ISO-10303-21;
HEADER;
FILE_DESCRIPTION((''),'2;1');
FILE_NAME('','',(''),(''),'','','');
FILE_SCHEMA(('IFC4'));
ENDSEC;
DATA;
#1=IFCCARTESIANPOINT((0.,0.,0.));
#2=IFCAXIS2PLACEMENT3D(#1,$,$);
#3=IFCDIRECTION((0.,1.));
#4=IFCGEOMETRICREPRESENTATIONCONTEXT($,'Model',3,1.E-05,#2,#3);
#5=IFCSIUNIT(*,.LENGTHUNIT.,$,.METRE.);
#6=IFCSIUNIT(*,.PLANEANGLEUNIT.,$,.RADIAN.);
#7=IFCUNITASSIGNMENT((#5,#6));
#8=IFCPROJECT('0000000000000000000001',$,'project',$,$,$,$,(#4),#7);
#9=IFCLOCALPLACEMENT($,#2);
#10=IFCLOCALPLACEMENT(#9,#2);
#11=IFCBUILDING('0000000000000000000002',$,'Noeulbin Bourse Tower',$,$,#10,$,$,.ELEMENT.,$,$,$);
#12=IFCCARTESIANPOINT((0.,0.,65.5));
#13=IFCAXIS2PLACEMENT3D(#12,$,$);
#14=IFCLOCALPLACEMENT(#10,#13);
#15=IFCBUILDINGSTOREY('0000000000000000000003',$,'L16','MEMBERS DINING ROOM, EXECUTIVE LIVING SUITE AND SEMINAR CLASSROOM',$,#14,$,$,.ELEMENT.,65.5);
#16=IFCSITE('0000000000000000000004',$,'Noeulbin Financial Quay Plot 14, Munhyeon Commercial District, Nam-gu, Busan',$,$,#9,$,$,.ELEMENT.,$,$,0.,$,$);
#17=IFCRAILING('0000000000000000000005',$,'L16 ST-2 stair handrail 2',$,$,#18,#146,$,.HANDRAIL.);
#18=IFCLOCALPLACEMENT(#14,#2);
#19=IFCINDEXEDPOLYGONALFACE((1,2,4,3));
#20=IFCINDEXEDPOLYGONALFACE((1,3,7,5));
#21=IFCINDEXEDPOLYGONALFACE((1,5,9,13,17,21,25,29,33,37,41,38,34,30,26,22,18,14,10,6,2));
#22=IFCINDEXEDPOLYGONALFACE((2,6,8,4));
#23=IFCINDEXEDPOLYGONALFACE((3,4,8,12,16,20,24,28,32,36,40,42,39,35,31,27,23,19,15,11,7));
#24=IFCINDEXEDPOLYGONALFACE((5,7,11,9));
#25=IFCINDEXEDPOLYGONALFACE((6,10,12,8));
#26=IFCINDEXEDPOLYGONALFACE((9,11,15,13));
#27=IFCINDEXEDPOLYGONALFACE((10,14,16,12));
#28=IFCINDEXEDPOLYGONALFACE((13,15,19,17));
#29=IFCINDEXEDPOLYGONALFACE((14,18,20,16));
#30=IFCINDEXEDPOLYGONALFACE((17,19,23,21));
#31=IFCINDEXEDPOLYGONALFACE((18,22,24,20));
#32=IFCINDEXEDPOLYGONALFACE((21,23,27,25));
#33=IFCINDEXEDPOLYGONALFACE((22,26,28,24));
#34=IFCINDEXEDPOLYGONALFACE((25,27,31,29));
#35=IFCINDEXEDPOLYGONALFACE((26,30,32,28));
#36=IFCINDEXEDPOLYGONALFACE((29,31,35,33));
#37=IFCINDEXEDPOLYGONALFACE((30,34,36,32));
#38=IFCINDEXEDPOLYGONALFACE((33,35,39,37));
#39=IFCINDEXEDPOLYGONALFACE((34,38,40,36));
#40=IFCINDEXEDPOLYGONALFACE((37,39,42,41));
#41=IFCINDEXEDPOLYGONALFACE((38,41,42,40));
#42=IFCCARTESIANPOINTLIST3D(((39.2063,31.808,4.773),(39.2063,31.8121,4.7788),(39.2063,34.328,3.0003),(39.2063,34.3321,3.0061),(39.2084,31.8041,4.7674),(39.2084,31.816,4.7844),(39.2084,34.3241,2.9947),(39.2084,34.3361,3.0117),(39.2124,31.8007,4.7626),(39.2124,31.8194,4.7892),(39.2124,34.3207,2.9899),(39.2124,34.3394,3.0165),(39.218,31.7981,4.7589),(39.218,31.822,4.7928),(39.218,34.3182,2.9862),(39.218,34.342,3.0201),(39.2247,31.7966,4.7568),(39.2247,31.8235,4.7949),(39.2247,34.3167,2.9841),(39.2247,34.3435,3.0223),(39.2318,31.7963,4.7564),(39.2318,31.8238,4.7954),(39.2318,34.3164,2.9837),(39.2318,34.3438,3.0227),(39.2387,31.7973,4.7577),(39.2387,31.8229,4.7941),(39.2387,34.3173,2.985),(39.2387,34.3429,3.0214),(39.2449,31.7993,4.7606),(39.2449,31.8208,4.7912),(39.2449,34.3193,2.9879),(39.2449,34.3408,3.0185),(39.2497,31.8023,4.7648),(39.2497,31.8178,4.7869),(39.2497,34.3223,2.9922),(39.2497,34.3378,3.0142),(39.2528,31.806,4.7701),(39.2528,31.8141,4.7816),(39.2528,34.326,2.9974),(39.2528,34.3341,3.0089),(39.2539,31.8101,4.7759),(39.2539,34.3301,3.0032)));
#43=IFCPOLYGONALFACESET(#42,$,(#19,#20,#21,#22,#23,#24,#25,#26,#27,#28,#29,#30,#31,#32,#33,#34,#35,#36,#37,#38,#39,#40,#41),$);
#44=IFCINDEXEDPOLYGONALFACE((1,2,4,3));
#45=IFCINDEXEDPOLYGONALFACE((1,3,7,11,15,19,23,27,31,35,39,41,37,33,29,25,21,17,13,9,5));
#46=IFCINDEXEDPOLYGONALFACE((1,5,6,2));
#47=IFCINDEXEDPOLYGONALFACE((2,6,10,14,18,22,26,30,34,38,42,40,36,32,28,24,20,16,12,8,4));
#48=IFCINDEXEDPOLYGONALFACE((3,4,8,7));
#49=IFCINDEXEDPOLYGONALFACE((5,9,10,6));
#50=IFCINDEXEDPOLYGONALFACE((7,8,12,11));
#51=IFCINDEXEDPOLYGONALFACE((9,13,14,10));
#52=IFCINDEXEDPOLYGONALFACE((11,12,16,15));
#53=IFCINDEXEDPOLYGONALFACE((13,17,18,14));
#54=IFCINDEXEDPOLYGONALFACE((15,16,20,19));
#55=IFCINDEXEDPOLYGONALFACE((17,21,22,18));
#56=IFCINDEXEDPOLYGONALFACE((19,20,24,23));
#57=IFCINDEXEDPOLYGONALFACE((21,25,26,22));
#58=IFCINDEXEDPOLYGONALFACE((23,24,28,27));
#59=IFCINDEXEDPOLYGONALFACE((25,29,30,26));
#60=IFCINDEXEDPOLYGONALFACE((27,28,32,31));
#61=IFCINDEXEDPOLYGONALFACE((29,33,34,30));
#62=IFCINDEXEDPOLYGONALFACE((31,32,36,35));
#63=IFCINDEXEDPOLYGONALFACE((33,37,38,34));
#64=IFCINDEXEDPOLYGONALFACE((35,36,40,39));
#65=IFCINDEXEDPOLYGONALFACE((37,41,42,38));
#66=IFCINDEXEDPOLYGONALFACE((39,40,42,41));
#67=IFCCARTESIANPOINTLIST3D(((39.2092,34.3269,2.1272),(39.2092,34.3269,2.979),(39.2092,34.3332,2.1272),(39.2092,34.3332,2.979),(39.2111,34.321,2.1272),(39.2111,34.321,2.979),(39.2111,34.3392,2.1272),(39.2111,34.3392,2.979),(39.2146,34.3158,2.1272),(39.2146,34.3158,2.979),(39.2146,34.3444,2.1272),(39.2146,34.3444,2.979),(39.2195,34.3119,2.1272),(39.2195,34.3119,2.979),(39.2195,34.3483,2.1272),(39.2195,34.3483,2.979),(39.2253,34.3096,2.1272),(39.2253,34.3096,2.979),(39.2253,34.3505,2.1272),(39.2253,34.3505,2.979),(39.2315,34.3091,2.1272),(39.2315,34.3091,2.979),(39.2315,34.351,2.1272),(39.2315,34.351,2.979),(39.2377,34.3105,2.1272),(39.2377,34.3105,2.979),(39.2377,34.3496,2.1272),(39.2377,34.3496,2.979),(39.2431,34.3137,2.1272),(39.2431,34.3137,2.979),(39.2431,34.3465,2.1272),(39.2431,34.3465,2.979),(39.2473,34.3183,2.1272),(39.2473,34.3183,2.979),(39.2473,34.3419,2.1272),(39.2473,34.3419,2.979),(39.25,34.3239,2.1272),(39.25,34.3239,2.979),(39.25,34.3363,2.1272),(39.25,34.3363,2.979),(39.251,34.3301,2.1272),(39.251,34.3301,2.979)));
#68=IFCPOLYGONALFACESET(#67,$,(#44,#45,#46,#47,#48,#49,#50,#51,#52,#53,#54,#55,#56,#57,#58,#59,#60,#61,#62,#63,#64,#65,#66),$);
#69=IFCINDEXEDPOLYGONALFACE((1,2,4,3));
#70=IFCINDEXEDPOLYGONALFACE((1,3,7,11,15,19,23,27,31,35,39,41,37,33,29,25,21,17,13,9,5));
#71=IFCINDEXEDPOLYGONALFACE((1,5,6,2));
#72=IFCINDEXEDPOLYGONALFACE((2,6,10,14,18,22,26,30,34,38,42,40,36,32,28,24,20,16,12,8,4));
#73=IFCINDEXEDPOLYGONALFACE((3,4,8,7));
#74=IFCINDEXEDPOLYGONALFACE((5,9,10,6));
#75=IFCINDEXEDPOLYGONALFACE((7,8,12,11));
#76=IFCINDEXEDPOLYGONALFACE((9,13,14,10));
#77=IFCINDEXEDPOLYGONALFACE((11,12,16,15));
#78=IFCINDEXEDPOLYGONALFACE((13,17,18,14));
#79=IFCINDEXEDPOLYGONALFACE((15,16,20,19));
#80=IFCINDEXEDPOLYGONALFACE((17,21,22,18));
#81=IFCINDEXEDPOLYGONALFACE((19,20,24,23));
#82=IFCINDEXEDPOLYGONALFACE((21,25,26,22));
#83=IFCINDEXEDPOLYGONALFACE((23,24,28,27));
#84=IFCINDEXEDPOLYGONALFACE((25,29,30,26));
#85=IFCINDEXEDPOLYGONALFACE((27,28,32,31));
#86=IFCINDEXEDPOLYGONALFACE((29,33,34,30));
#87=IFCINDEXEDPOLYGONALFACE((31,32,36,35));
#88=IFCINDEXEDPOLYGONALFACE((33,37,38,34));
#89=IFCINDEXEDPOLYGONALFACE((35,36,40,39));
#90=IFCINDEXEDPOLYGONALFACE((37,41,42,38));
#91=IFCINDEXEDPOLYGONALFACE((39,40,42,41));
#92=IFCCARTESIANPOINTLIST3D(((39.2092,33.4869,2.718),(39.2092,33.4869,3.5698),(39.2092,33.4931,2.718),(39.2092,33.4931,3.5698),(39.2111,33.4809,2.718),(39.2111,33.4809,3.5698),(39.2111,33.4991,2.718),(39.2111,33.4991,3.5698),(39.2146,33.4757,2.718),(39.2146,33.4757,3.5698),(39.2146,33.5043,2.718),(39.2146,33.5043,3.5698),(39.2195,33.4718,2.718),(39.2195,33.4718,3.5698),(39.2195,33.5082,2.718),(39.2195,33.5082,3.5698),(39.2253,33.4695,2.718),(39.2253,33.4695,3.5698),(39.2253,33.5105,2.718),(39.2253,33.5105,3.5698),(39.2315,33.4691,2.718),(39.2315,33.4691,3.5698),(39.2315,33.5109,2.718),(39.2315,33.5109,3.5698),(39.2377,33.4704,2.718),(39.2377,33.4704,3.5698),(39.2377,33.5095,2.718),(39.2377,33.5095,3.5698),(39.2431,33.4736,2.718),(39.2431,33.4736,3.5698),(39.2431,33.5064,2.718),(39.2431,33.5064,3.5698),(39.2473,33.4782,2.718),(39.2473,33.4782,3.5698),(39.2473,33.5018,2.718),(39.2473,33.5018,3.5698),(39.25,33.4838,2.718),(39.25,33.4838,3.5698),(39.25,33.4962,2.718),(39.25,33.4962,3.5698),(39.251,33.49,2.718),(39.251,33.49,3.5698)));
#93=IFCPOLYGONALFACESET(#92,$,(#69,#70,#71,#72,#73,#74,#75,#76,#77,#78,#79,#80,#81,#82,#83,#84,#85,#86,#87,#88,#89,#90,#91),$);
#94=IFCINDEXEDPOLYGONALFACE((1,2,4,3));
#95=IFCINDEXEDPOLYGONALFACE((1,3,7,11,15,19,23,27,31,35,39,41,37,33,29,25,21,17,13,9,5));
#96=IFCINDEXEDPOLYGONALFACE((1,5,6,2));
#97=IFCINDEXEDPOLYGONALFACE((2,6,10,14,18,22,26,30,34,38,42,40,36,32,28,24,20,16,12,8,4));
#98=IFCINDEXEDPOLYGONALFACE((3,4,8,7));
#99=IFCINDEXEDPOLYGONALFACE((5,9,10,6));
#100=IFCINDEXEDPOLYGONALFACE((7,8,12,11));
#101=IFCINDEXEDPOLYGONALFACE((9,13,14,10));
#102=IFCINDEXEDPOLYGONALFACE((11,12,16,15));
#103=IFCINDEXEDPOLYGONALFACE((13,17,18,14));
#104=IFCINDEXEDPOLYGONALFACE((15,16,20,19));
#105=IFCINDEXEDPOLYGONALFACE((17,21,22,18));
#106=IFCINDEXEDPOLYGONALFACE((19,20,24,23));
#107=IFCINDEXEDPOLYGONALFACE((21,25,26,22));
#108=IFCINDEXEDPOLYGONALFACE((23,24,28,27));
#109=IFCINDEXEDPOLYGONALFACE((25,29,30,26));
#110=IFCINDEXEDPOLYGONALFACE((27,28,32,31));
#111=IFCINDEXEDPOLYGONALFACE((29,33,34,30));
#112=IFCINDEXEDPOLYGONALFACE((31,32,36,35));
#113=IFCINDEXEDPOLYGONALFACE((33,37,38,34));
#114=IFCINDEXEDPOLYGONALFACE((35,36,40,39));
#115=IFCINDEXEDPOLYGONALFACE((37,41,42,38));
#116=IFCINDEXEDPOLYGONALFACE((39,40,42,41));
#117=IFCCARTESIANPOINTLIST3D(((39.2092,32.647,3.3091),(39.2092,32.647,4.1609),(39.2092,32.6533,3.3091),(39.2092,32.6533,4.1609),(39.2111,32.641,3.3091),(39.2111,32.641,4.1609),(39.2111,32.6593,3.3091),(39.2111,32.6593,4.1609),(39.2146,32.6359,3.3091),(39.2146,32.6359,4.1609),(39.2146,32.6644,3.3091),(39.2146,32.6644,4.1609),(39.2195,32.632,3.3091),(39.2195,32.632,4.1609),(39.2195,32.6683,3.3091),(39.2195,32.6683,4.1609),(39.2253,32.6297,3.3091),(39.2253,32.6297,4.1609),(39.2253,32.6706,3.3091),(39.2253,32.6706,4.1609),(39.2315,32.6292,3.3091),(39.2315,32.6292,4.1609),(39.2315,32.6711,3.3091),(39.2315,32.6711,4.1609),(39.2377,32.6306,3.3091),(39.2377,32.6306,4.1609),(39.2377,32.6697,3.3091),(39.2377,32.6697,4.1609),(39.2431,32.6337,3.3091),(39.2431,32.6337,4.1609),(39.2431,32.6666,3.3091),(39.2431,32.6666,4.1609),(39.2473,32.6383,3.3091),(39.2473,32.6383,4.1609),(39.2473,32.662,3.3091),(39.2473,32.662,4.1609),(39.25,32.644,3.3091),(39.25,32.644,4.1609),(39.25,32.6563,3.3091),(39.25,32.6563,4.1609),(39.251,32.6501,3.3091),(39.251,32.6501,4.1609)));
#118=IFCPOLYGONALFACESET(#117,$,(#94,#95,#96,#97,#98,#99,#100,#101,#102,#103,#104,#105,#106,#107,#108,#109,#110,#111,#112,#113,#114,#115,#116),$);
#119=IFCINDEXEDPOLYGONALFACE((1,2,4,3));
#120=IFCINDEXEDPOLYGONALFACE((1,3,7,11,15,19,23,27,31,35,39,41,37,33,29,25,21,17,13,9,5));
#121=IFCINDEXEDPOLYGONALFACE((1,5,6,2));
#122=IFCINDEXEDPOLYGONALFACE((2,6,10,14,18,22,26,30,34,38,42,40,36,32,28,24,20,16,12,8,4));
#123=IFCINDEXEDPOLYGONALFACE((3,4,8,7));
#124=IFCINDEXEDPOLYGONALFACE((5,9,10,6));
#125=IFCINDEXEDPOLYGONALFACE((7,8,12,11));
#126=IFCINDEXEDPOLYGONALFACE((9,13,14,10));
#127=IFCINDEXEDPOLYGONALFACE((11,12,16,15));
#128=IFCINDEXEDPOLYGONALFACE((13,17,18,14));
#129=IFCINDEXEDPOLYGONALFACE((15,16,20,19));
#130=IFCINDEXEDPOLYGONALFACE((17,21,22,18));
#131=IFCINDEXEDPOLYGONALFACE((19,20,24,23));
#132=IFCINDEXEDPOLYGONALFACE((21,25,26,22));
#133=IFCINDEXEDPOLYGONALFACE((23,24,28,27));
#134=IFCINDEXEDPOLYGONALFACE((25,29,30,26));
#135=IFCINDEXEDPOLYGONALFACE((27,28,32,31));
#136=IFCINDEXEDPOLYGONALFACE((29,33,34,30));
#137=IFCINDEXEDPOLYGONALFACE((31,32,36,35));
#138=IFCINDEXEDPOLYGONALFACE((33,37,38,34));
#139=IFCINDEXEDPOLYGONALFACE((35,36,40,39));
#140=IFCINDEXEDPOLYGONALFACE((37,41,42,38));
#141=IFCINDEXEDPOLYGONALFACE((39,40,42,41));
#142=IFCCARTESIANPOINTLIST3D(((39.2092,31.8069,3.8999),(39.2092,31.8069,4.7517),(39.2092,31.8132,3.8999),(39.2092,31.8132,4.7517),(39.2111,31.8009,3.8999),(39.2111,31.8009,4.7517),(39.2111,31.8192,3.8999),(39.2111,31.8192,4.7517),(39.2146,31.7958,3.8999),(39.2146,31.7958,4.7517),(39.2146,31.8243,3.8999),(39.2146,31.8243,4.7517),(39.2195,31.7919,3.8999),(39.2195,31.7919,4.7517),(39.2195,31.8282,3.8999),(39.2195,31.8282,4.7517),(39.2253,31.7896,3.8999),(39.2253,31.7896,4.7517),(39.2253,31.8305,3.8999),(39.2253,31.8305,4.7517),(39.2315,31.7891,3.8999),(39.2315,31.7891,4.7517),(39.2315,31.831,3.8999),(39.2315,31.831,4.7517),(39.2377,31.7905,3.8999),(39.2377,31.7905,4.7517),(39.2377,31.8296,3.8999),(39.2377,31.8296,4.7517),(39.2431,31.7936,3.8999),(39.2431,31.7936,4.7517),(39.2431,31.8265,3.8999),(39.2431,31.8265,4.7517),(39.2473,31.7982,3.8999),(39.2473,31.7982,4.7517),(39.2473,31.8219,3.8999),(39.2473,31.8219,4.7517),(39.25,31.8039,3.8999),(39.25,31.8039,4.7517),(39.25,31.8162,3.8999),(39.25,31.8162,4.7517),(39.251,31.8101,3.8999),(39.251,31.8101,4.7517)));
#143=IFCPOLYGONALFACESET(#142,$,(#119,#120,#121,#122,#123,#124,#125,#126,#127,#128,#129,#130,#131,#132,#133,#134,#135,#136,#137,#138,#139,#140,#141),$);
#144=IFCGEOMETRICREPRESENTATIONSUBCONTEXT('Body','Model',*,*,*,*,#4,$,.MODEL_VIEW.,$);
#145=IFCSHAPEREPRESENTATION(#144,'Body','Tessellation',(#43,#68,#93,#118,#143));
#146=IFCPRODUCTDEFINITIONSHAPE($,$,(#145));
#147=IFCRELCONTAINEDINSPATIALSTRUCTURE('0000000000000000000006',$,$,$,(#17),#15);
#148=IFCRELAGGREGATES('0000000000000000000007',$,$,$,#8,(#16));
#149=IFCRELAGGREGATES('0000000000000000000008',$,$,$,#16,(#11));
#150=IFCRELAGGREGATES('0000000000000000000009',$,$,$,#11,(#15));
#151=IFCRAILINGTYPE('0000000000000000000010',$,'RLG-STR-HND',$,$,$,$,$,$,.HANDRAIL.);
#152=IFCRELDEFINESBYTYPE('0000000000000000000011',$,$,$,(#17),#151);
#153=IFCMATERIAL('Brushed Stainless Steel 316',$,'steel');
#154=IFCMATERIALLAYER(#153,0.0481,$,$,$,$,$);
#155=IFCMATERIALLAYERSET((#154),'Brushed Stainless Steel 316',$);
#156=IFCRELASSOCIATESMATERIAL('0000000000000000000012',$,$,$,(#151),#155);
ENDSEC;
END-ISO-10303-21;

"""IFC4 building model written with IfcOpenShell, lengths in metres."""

from ifc_helpers import new_model, si_unit, direction, frame, origin, origin_2d, place, context, subcontext, project, spatial, circle, extrude, material, layer, layer_set, type_object, element, save


model = new_model("IFC4")

# Units and contexts
model_context = context("Model", 3, precision=1e-05, world=origin(), true_north=direction((0.0, 1.0)))
body_context = subcontext(model_context, "Body", "Model", "MODEL_VIEW")
ifc_project = project(units=[si_unit("LENGTHUNIT", "METRE"), si_unit("PLANEANGLEUNIT", "RADIAN")], contexts=[model_context])

# Site, building, storey
site_placement = place(None, origin())
site = spatial("IfcSite", under=ifc_project, at=site_placement, Name="Noeulbin Financial Quay Plot 14, Munhyeon Commercial District, Nam-gu, Busan", CompositionType="ELEMENT", RefElevation=0.0)
building_placement = place(site_placement, origin())
building = spatial("IfcBuilding", under=site, at=building_placement, Name="Noeulbin Bourse Tower", CompositionType="ELEMENT")
storey_placement = place(building_placement, frame((0.0, 0.0, 65.5)))
storey = spatial("IfcBuildingStorey", under=building, at=storey_placement, Name="L16", Description="MEMBERS DINING ROOM, EXECUTIVE LIVING SUITE AND SEMINAR CLASSROOM", CompositionType="ELEMENT", Elevation=65.5)

# Shared definitions
ifc_material_1 = material(Name="Brushed Stainless Steel 316", Category="steel")

# Railing
ifc_layer_1 = layer(ifc_material_1, 0.0481)
ifc_layer_set_1 = layer_set([ifc_layer_1], Name="Brushed Stainless Steel 316")
railing_type_1 = type_object("IfcRailingType", Name="RLG-STR-HND", PredefinedType="HANDRAIL", material=ifc_layer_set_1)
railing_1_placement = place(storey_placement, frame((39.23, 34.3301, 2.1272)))
element("IfcRailing", 1, at=railing_1_placement, inside=storey, type_object=railing_type_1, Name="L16 ST-2 stair handrail 2", PredefinedType="HANDRAIL", context=body_context, shape_type="SweptSolid", body=[
    extrude(circle(Radius=0.0239, at=origin_2d()), frame((0.0, 0.0, 0.876), z_axis=(0.0, -0.817904, 0.575354), x_axis=(1.0, 0.0, 0.0)), (0.0, 0.0, 1.0), 3.0811),
    extrude(circle(Radius=0.021, at=origin_2d()), origin(), (0.0, 0.0, 1.0), 0.8518),
    extrude(circle(Radius=0.021, at=origin_2d()), frame((0.0, -0.8401, 0.5908)), (0.0, 0.0, 1.0), 0.8518),
    extrude(circle(Radius=0.021, at=origin_2d()), frame((0.0, -1.6799, 1.1819)), (0.0, 0.0, 1.0), 0.8518),
    extrude(circle(Radius=0.021, at=origin_2d()), frame((0.0, -2.52, 1.7727)), (0.0, 0.0, 1.0), 0.8518),
])

save(model, "model.ifc")
